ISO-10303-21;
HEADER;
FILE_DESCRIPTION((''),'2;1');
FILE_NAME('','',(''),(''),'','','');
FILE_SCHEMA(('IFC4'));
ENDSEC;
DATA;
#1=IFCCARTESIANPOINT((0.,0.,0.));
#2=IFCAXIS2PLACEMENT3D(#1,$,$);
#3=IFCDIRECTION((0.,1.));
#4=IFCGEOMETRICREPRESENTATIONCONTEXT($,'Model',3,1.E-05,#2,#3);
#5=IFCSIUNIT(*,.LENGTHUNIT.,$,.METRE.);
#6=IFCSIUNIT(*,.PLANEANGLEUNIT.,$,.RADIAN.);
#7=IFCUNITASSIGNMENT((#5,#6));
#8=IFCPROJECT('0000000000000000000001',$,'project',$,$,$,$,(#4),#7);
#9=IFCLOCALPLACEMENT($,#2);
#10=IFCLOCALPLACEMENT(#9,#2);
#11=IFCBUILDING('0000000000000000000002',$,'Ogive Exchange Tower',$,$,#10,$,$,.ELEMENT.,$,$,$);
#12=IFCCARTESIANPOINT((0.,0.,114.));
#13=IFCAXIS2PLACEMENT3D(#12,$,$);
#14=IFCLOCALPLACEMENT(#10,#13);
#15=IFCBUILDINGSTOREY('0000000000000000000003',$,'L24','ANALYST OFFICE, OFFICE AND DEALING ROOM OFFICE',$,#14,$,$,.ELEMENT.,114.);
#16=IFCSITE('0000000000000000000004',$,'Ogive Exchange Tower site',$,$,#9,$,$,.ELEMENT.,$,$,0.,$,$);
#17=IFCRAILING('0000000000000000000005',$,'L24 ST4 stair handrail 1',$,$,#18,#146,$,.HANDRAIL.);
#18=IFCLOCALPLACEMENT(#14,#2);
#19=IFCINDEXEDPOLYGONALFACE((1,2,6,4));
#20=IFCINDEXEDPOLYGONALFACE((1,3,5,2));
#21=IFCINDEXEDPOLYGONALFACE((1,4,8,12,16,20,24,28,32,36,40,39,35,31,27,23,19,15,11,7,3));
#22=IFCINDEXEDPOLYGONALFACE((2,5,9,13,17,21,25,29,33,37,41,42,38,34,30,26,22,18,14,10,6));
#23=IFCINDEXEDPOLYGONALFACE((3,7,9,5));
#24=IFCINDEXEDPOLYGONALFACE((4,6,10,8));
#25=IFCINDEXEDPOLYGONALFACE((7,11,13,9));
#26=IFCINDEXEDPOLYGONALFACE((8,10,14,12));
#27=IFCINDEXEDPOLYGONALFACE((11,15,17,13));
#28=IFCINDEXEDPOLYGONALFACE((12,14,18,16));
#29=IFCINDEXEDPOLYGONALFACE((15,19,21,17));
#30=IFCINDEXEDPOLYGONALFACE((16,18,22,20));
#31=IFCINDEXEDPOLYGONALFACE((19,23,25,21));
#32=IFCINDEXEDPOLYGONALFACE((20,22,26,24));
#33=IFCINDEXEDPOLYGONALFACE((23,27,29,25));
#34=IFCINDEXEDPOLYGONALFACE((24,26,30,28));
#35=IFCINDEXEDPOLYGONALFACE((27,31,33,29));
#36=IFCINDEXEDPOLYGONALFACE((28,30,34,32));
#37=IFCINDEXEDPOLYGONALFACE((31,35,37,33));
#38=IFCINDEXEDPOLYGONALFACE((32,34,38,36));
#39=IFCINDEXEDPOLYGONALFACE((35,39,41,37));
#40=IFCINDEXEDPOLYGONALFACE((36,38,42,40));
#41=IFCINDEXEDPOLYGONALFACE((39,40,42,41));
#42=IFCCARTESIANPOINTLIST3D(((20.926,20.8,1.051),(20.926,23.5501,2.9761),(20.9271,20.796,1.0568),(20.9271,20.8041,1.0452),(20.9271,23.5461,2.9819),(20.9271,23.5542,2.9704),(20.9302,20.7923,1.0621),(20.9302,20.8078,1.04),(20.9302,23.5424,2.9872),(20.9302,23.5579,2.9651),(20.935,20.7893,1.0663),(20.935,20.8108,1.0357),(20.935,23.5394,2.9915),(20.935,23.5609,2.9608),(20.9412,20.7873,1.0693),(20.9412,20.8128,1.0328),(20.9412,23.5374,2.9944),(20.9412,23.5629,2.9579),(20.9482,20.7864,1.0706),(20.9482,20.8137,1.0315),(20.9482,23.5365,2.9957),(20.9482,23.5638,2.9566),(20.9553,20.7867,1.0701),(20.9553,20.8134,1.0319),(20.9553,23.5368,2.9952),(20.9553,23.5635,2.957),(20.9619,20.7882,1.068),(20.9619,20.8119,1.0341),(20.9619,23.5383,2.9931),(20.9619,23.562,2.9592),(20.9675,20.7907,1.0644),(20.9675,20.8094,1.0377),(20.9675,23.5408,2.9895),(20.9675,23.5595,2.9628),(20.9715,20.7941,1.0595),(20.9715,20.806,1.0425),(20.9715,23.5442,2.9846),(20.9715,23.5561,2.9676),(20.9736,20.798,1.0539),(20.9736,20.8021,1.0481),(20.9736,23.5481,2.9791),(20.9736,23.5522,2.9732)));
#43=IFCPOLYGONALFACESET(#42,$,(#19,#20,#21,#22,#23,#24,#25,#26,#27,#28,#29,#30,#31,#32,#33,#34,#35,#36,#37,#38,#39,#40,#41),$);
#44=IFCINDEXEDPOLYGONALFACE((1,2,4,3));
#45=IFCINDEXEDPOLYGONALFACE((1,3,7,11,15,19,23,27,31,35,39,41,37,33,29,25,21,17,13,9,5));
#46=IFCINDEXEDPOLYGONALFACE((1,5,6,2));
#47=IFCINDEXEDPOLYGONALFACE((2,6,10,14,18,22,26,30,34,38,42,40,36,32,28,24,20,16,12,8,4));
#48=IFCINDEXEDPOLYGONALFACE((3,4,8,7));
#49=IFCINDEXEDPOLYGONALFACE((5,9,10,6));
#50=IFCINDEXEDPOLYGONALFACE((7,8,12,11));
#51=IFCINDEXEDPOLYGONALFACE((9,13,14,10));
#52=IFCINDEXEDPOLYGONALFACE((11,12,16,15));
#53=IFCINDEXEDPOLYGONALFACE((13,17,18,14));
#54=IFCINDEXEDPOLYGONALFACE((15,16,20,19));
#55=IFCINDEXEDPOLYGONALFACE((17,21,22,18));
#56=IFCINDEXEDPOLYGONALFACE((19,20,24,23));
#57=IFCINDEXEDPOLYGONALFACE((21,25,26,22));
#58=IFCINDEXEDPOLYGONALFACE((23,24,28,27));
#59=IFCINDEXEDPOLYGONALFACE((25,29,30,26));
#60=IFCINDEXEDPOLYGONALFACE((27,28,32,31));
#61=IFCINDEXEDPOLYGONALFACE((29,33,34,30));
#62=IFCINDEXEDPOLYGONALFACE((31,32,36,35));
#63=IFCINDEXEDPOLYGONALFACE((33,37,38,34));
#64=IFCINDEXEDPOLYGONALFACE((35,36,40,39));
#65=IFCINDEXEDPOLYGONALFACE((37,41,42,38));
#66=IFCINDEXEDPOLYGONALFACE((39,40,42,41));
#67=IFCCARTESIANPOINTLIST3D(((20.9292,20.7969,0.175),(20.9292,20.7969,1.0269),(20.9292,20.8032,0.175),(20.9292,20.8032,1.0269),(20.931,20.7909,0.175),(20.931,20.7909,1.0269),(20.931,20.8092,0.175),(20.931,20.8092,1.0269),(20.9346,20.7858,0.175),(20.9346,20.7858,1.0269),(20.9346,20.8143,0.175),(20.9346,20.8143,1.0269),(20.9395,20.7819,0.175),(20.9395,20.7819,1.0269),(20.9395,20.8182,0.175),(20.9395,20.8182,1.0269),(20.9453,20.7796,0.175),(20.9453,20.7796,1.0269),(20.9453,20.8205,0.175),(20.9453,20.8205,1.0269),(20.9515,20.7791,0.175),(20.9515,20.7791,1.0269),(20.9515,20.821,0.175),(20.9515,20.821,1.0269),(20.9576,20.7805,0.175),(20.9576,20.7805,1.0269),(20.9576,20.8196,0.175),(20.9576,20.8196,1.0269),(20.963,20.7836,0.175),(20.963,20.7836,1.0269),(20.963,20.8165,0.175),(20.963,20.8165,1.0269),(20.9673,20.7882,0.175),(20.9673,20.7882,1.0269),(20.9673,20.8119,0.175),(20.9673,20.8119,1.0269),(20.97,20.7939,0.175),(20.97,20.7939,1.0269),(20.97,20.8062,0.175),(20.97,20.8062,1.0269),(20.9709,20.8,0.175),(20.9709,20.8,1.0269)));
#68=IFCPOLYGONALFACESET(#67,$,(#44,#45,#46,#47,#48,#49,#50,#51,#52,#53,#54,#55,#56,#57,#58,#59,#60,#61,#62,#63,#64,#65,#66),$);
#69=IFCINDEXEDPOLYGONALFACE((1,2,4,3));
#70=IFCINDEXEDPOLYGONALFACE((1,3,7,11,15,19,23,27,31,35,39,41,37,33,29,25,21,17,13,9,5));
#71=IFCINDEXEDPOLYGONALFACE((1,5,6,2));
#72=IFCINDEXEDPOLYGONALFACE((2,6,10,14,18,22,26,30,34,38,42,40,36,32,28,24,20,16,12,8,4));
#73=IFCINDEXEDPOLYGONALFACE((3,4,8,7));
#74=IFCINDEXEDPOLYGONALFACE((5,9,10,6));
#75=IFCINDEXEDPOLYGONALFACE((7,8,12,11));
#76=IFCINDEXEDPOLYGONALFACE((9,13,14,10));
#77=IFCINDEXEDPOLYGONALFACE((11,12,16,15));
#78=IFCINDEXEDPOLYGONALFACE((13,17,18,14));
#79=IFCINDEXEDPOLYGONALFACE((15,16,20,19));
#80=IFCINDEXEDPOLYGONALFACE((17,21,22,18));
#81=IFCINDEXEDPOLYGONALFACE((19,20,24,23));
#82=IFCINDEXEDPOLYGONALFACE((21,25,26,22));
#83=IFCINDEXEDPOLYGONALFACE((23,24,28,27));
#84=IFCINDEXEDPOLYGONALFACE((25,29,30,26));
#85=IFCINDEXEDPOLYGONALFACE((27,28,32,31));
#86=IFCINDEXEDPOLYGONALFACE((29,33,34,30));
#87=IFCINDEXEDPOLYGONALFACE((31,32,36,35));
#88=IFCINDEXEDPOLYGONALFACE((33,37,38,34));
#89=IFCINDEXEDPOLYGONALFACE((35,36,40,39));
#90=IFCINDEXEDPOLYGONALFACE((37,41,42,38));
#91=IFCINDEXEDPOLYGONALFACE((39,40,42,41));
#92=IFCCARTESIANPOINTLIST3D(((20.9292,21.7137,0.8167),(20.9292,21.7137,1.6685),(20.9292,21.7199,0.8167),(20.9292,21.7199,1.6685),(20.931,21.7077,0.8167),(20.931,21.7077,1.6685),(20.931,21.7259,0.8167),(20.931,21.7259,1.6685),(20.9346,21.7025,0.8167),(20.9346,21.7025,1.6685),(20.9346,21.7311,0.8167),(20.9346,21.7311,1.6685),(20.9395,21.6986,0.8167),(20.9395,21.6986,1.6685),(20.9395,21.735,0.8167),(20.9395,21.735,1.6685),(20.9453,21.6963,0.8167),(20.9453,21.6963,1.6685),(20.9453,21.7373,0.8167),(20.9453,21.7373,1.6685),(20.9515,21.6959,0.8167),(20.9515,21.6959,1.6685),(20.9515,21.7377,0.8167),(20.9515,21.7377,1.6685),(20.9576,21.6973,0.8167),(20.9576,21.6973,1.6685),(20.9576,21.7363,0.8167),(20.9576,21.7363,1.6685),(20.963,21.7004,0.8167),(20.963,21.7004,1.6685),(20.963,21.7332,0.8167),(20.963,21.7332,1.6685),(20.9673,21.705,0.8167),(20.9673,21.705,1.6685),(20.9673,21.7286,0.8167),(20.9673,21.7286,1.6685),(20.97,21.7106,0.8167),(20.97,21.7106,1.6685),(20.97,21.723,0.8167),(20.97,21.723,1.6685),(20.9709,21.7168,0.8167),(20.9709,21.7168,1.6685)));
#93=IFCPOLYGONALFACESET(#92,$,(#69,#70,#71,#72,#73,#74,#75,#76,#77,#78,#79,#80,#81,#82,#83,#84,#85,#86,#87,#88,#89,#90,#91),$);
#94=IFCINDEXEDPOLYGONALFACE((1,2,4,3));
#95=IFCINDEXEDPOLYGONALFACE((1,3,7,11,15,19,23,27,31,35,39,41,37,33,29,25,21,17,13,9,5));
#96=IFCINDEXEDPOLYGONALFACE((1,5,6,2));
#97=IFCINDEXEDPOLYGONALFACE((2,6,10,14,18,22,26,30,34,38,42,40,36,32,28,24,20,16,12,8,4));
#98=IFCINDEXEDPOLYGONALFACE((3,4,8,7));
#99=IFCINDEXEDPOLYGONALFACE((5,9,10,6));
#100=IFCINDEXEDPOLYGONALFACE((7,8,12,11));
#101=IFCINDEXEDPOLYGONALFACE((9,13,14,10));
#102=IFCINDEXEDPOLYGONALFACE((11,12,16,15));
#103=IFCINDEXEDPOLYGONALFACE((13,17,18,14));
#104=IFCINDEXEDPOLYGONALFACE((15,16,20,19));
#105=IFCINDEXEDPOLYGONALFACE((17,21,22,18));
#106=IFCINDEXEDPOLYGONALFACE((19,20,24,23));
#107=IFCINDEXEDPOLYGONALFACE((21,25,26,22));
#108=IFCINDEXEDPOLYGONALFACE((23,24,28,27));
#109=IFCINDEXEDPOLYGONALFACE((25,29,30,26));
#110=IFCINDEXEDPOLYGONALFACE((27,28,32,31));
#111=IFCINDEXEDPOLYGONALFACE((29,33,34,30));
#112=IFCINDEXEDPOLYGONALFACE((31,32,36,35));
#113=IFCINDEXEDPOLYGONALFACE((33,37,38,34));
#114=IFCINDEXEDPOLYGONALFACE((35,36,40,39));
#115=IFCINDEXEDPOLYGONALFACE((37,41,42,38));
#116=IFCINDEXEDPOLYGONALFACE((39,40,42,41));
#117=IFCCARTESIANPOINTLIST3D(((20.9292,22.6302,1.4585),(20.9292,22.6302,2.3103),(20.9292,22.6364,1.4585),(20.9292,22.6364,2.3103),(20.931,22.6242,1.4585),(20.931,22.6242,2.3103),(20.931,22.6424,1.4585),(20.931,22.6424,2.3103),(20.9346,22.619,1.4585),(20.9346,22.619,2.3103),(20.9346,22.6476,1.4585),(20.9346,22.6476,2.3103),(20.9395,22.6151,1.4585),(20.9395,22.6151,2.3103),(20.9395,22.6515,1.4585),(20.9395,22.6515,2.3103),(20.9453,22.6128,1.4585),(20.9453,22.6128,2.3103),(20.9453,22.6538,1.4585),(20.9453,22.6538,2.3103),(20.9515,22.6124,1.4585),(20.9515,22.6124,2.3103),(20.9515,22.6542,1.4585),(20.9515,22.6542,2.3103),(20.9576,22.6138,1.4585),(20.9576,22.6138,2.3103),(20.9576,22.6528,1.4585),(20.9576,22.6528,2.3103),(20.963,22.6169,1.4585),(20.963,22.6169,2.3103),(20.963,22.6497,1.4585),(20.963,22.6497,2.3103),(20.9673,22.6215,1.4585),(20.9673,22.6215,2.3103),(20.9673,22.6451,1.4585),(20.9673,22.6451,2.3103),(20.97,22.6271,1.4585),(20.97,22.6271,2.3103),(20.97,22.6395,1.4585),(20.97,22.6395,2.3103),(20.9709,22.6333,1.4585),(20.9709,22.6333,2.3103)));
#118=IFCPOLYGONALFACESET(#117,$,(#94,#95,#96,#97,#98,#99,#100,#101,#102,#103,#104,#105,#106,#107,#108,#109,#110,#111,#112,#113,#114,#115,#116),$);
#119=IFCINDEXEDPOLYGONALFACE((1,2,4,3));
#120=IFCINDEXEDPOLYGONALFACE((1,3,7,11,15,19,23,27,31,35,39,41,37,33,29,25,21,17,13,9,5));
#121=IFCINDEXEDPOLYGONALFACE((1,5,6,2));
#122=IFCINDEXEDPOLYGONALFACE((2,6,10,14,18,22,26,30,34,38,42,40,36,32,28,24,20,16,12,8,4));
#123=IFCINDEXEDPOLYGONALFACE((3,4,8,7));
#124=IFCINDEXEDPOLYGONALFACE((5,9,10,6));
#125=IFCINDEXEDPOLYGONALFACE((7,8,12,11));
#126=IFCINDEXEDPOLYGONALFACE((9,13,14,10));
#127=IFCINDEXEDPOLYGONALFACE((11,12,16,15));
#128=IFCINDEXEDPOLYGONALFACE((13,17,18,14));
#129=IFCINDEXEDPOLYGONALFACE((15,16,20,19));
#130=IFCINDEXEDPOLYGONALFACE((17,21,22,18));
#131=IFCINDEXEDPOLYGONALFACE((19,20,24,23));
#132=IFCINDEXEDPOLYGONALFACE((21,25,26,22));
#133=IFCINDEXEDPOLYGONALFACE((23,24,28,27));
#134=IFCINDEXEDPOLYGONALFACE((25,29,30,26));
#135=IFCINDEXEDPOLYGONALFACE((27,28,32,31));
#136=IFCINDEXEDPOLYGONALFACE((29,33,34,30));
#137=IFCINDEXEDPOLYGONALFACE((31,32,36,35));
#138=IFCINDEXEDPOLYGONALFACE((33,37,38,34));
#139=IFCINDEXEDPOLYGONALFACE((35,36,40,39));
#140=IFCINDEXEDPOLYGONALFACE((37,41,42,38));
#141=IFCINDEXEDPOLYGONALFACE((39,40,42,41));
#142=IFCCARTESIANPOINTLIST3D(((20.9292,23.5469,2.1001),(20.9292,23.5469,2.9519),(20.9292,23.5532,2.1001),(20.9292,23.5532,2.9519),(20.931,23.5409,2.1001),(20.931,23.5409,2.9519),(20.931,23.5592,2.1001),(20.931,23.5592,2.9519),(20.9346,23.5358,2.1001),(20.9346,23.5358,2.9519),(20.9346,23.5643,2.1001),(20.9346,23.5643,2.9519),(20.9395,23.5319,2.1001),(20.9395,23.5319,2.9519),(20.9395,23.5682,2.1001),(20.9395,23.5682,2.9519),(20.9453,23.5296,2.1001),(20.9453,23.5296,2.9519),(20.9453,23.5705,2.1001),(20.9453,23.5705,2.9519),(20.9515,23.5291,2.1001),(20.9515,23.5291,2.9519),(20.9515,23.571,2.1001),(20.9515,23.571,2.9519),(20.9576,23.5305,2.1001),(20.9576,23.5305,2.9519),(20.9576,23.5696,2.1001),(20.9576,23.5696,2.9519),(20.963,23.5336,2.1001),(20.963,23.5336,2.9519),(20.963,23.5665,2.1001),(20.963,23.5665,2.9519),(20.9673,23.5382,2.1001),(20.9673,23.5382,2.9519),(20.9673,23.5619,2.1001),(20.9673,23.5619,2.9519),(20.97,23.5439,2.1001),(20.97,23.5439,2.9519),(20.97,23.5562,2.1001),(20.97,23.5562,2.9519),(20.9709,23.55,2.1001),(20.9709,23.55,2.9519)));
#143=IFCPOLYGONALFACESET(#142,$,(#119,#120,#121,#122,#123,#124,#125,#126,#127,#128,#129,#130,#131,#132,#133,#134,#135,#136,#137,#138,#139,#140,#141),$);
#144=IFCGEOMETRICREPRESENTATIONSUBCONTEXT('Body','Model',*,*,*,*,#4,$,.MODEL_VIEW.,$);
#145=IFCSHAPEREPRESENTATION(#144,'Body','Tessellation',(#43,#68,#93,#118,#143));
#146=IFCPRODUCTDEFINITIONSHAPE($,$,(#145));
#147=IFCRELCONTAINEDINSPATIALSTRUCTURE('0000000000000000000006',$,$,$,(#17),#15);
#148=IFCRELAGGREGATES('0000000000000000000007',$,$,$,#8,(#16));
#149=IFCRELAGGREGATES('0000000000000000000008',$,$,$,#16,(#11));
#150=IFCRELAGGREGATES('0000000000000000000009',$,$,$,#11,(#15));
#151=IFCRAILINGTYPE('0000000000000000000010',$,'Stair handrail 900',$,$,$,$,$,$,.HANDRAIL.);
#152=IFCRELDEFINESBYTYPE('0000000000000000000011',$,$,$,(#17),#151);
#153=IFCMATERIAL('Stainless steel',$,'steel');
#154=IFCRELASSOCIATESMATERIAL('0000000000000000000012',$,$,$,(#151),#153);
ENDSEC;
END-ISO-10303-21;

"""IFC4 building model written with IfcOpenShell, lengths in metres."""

from ifc_helpers import new_model, si_unit, direction, frame, origin, origin_2d, place, context, subcontext, project, spatial, circle, extrude, material, type_object, element, save


model = new_model("IFC4")

# Units and contexts
model_context = context("Model", 3, precision=1e-05, world=origin(), true_north=direction((0.0, 1.0)))
body_context = subcontext(model_context, "Body", "Model", "MODEL_VIEW")
ifc_project = project(units=[si_unit("LENGTHUNIT", "METRE"), si_unit("PLANEANGLEUNIT", "RADIAN")], contexts=[model_context])

# Site, building, storey
site_placement = place(None, origin())
site = spatial("IfcSite", under=ifc_project, at=site_placement, Name="Ogive Exchange Tower site", CompositionType="ELEMENT", RefElevation=0.0)
building_placement = place(site_placement, origin())
building = spatial("IfcBuilding", under=site, at=building_placement, Name="Ogive Exchange Tower", CompositionType="ELEMENT")
storey_placement = place(building_placement, frame((0.0, 0.0, 114.0)))
storey = spatial("IfcBuildingStorey", under=building, at=storey_placement, Name="L24", Description="ANALYST OFFICE, OFFICE AND DEALING ROOM OFFICE", CompositionType="ELEMENT", Elevation=114.0)

# Railing
ifc_material_1 = material(Name="Stainless steel", Category="steel")
railing_type = type_object("IfcRailingType", Name="Stair handrail 900", PredefinedType="HANDRAIL", material=ifc_material_1)
railing_placement = place(storey_placement, frame((20.95, 20.8, 0.175)))
element("IfcRailing", 1, at=railing_placement, inside=storey, type_object=railing_type, Name="L24 ST4 stair handrail 1", PredefinedType="HANDRAIL", context=body_context, shape_type="SweptSolid", body=[
    extrude(circle(Radius=0.0239, at=origin_2d()), frame((0.0, 0.0, 0.876), z_axis=(0.0, 0.819225, 0.573472), x_axis=(-1.0, 0.0, 0.0)), (0.0, 0.0, 1.0), 3.3569),
    extrude(circle(Radius=0.021, at=origin_2d()), origin(), (0.0, 0.0, 1.0), 0.8518),
    extrude(circle(Radius=0.021, at=origin_2d()), frame((0.0, 0.9167, 0.6416)), (0.0, 0.0, 1.0), 0.8518),
    extrude(circle(Radius=0.021, at=origin_2d()), frame((0.0, 1.8333, 1.2834)), (0.0, 0.0, 1.0), 0.8518),
    extrude(circle(Radius=0.021, at=origin_2d()), frame((0.0, 2.75, 1.925)), (0.0, 0.0, 1.0), 0.8518),
])

save(model, "model.ifc")
